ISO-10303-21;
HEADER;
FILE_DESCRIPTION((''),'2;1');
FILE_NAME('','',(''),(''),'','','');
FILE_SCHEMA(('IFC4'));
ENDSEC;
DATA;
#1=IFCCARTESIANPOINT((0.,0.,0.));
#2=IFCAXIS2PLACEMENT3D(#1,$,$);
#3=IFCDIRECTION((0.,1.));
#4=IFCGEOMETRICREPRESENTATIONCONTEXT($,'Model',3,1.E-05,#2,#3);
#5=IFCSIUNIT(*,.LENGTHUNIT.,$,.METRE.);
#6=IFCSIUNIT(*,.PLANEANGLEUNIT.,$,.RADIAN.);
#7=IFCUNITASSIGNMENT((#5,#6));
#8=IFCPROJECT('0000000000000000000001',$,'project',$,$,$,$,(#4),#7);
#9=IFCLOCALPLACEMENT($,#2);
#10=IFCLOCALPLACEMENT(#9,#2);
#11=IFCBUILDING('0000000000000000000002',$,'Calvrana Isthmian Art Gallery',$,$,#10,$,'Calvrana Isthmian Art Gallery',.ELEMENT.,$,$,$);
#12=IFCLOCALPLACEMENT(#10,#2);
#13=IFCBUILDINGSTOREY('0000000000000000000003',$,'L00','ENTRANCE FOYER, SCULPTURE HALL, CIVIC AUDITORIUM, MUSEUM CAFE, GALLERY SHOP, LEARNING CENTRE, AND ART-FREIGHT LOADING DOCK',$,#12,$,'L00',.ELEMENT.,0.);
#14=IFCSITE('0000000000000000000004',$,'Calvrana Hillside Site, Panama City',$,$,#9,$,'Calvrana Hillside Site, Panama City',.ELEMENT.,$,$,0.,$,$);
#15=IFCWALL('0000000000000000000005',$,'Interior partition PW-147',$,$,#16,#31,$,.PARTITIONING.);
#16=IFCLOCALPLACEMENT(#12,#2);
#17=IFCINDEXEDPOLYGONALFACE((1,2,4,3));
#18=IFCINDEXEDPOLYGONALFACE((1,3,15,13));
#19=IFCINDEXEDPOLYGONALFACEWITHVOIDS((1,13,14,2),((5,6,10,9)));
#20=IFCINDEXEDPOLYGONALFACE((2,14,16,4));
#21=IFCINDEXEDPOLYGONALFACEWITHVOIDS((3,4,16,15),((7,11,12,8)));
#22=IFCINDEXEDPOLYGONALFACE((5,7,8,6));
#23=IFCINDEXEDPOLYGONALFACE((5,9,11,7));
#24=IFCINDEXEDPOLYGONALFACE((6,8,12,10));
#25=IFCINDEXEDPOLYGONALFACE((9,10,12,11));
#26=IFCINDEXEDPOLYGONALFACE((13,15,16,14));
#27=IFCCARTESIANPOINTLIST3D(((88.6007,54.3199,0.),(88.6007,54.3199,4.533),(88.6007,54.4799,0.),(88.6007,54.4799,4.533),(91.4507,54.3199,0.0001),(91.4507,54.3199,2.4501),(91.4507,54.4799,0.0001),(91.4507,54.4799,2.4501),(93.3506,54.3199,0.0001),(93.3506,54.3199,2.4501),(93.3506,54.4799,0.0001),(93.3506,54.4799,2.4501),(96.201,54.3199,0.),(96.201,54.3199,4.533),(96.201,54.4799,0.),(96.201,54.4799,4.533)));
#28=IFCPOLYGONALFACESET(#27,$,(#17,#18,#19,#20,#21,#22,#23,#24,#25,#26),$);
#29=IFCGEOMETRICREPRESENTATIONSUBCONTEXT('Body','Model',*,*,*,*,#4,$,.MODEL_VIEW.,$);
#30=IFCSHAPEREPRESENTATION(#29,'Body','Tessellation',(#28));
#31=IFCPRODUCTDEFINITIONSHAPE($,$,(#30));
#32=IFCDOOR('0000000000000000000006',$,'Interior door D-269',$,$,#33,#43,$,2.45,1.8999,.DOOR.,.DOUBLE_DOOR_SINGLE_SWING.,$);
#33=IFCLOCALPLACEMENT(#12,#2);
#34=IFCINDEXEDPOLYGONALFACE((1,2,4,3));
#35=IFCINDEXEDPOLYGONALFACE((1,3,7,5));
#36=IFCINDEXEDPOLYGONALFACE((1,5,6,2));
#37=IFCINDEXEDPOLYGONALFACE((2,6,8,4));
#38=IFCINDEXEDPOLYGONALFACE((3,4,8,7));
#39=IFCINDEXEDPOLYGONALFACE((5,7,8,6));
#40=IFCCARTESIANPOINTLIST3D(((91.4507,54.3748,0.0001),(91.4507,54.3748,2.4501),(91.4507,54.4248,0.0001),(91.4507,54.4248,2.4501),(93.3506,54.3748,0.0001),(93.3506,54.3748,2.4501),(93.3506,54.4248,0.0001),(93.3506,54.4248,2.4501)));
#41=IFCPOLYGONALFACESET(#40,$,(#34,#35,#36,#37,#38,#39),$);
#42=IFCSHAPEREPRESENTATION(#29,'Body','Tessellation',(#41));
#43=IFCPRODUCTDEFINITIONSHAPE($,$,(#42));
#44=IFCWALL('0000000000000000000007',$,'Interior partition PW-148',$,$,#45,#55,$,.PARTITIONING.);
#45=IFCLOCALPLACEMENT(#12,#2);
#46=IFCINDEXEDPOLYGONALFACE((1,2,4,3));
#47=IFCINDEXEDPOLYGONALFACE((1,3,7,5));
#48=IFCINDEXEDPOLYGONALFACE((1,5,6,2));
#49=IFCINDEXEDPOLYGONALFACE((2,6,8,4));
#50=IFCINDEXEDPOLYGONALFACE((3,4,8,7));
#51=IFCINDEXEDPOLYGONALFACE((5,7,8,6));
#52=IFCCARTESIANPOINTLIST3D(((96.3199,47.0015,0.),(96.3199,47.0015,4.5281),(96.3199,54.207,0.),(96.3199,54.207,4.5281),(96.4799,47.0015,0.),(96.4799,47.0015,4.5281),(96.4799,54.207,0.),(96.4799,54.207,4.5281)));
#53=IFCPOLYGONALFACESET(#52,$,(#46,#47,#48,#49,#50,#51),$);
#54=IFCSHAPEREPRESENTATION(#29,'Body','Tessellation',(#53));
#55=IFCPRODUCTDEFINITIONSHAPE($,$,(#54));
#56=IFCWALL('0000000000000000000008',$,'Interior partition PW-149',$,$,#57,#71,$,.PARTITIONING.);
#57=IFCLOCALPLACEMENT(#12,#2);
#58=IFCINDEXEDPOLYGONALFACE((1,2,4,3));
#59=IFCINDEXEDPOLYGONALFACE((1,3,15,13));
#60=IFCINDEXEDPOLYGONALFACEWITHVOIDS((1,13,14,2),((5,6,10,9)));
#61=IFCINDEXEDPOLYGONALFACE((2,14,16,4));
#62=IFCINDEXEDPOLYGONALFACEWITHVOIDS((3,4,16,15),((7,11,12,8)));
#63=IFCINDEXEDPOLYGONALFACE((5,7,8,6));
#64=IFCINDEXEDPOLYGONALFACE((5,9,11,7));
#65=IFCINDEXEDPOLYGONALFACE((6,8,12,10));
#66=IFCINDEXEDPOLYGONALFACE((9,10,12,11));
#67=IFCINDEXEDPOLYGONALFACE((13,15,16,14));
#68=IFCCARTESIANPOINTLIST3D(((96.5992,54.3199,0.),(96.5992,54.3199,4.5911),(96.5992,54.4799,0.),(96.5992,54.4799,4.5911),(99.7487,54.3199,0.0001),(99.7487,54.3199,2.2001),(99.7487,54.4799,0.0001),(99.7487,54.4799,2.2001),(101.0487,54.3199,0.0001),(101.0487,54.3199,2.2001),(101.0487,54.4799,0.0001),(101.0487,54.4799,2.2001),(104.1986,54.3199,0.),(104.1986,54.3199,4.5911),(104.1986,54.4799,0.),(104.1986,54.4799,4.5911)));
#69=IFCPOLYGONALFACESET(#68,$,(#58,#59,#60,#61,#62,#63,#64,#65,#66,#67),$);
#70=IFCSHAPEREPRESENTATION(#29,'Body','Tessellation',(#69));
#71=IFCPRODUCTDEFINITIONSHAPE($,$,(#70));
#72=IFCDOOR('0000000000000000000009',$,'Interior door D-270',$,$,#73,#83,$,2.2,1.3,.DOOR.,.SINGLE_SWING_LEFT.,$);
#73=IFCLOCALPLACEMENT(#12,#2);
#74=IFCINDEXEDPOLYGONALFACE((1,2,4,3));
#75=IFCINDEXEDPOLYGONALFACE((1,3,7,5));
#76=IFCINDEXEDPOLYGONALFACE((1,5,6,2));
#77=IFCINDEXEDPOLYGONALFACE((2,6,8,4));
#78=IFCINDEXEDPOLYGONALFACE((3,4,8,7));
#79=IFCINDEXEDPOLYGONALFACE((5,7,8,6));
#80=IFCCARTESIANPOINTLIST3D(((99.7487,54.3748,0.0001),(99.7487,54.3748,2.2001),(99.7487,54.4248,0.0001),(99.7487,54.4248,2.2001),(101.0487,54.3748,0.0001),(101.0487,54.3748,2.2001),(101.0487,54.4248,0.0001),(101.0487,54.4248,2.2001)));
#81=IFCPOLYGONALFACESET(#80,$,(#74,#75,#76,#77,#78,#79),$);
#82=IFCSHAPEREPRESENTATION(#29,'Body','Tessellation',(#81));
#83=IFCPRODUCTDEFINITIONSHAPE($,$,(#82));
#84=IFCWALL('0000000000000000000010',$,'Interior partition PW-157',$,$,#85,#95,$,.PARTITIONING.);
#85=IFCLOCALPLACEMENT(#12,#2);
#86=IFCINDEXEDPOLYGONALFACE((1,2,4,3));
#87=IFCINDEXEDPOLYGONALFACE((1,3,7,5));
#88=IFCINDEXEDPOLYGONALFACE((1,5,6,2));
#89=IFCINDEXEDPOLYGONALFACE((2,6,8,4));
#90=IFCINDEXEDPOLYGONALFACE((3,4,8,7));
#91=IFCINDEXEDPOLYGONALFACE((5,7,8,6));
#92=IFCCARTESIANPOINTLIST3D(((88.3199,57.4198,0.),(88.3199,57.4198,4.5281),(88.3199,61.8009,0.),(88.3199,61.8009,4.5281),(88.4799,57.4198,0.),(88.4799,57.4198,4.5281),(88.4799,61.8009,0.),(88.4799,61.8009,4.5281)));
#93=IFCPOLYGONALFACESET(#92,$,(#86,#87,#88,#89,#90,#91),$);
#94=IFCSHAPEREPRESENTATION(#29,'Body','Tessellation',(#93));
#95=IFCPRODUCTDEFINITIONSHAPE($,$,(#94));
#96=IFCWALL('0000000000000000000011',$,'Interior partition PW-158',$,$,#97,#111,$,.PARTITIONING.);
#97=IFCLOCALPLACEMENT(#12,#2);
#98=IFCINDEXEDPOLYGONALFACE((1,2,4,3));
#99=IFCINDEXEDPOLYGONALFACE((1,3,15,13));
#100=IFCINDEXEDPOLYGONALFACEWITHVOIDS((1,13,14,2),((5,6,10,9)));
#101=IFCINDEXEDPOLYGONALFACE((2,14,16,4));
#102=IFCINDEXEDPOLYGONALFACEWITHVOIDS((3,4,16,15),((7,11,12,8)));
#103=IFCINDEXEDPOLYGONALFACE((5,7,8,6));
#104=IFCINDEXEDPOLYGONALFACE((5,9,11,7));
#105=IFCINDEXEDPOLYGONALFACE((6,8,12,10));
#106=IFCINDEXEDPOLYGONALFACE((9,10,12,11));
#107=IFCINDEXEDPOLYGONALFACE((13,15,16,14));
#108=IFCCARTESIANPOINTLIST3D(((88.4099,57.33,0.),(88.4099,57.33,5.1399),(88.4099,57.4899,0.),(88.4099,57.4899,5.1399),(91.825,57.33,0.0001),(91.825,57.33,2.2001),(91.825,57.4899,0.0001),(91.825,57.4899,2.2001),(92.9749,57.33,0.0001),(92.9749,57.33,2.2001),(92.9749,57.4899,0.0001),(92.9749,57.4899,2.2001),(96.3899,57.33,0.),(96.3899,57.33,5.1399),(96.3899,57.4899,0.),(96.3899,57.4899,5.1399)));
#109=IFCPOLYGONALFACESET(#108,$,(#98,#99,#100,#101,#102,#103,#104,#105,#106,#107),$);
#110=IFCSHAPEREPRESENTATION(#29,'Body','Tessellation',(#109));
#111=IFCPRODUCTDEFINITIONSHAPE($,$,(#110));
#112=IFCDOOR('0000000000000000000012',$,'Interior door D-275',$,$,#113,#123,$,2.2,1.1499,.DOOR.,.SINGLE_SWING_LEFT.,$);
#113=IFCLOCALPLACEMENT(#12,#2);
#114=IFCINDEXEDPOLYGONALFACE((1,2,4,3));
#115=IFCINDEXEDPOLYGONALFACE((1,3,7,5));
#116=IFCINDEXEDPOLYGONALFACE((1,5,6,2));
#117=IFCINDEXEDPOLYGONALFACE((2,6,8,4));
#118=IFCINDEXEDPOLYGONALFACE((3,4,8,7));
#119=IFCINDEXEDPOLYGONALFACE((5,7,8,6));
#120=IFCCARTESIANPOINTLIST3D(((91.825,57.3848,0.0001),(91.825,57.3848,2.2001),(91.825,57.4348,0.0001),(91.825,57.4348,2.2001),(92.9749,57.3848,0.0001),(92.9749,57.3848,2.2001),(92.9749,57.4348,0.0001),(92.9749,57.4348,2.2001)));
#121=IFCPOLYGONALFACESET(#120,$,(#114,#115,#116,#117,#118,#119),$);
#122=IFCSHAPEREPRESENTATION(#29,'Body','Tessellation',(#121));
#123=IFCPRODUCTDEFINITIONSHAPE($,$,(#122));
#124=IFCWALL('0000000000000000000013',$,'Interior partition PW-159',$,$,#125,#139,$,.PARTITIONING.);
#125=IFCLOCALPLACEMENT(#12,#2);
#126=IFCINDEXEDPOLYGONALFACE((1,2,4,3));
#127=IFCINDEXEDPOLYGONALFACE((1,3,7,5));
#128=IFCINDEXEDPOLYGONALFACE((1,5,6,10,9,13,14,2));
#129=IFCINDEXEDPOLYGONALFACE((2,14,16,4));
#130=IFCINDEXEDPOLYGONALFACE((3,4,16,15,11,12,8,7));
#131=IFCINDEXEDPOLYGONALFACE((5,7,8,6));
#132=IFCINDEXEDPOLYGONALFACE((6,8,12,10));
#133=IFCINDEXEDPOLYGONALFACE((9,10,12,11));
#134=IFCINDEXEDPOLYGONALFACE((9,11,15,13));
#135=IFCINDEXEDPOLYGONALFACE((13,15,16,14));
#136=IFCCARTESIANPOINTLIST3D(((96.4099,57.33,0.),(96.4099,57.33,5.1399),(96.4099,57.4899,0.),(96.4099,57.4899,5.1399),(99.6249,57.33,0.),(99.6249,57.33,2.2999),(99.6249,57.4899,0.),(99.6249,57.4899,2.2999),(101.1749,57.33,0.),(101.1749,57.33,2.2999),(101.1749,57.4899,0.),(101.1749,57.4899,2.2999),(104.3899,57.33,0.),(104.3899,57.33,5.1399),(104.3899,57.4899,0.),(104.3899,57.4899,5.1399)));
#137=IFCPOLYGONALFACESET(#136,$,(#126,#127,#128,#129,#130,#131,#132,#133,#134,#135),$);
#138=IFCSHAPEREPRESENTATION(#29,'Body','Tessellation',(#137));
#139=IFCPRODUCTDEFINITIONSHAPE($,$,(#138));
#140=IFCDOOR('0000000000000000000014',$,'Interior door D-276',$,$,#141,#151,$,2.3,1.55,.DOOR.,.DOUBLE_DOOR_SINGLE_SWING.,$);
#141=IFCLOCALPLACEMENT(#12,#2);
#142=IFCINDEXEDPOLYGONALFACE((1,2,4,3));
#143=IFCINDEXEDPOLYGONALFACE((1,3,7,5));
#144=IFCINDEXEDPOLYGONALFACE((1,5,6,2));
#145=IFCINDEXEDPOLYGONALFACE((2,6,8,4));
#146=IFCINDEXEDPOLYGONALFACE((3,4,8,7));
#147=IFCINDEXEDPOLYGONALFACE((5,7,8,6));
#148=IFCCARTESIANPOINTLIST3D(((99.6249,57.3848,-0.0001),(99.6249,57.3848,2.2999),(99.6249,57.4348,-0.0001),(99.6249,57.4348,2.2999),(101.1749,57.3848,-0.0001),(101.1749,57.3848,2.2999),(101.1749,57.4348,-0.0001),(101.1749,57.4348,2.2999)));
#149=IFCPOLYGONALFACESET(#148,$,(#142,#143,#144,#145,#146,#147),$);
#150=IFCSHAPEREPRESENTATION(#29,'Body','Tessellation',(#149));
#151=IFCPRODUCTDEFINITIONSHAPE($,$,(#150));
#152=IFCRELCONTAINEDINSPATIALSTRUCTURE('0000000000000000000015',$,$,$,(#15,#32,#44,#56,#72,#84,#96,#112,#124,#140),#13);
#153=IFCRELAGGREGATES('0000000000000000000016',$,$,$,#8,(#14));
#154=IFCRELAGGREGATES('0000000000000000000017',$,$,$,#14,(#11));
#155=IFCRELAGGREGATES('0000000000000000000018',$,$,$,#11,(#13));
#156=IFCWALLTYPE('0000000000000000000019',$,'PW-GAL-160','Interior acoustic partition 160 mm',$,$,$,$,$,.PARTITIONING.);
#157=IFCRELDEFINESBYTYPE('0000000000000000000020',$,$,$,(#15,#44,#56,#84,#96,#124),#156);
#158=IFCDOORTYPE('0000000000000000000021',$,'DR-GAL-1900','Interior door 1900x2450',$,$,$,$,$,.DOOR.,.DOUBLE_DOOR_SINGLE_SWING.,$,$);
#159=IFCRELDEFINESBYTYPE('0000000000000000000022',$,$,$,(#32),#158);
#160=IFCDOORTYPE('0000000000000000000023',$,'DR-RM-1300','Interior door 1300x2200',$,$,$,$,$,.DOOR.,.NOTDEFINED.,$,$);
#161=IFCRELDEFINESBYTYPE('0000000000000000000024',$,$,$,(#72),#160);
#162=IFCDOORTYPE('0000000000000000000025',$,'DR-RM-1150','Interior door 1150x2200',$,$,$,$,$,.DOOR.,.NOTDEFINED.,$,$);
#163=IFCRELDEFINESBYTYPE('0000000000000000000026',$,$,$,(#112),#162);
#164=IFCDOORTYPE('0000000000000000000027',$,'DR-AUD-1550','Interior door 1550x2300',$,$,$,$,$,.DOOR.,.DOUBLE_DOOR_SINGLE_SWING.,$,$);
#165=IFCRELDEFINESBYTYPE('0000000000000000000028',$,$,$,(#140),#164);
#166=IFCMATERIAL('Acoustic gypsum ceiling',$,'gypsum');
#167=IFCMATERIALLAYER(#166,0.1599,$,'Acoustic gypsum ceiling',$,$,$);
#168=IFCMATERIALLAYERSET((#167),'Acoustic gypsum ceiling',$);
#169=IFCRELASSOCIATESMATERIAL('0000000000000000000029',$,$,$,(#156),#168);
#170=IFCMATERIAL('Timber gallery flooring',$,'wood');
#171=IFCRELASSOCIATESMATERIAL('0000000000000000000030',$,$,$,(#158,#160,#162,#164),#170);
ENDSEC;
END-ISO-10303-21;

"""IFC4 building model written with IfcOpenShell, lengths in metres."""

from ifc_helpers import new_model, si_unit, direction, frame, frame_2d, origin, place, context, subcontext, project, spatial, rectangle, extrude, material, layer, layer_set, type_object, element, fill, save


model = new_model("IFC4")

# Units and contexts
model_context = context("Model", 3, precision=1e-05, world=origin(), true_north=direction((0.0, 1.0)))
body_context = subcontext(model_context, "Body", "Model", "MODEL_VIEW")
ifc_project = project(units=[si_unit("LENGTHUNIT", "METRE"), si_unit("PLANEANGLEUNIT", "RADIAN")], contexts=[model_context])

# Site, building, storey
site_placement = place(None, origin())
site = spatial("IfcSite", under=ifc_project, at=site_placement, Name="Calvrana Hillside Site, Panama City", LongName="Calvrana Hillside Site, Panama City", CompositionType="ELEMENT", RefElevation=0.0)
building_placement = place(site_placement, origin())
building = spatial("IfcBuilding", under=site, at=building_placement, Name="Calvrana Isthmian Art Gallery", LongName="Calvrana Isthmian Art Gallery", CompositionType="ELEMENT")
storey_placement = place(building_placement, origin())
storey = spatial("IfcBuildingStorey", under=building, at=storey_placement, Name="L00", Description="ENTRANCE FOYER, SCULPTURE HALL, CIVIC AUDITORIUM, MUSEUM CAFE, GALLERY SHOP, LEARNING CENTRE, AND ART-FREIGHT LOADING DOCK", LongName="L00", CompositionType="ELEMENT", Elevation=0.0)

# Wall, opening, door
ifc_material_1 = material(Name="Acoustic gypsum ceiling", Category="gypsum")
ifc_layer = layer(ifc_material_1, 0.1599, Name="Acoustic gypsum ceiling")
ifc_layer_set = layer_set([ifc_layer], Name="Acoustic gypsum ceiling")
wall_type = type_object("IfcWallType", Name="PW-GAL-160", Description="Interior acoustic partition 160 mm", PredefinedType="PARTITIONING", material=ifc_layer_set)
wall_1_placement = place(storey_placement, frame((88.6006, 54.3999, 0.0), z_axis=(0.0, 0.0, 1.0), x_axis=(1.0, 0.0, 0.0)))
wall_1 = element("IfcWall", 1, at=wall_1_placement, inside=storey, type_object=wall_type, Name="Interior partition PW-147", PredefinedType="PARTITIONING", context=body_context, shape_type="SweptSolid", body=[
    extrude(rectangle(XDim=7.6003, YDim=0.1599, at=frame_2d((3.8003, 0.0))), origin(), (0.0, 0.0, 1.0), 4.533),
])
opening_1_placement = place(wall_1_placement, frame((2.8501, 0.0, 0.0)))
opening_1 = element("IfcOpeningElement", 2, at=opening_1_placement, cuts=wall_1, PredefinedType="OPENING", context=body_context, shape_type="SweptSolid", body=[
    extrude(rectangle(XDim=1.8999, YDim=2.45, at=frame_2d((0.95, 1.2251))), frame((0.0, 0.0903, 0.0), z_axis=(0.0, -1.0, 0.0), x_axis=(1.0, 0.0, 0.0)), (0.0, 0.0, 1.0), 0.1804),
])
ifc_material_2 = material(Name="Timber gallery flooring", Category="wood")
door_type_1 = type_object("IfcDoorType", Name="DR-GAL-1900", Description="Interior door 1900x2450", OperationType="DOUBLE_DOOR_SINGLE_SWING", PredefinedType="DOOR", material=ifc_material_2)
door_1_placement = place(opening_1_placement, origin())
door_1 = element("IfcDoor", 3, at=door_1_placement, inside=storey, type_object=door_type_1, Name="Interior door D-269", OperationType="DOUBLE_DOOR_SINGLE_SWING", OverallHeight=2.45, OverallWidth=1.8999, PredefinedType="DOOR", context=body_context, shape_type="SweptSolid", body=[
    extrude(rectangle(XDim=1.8999, YDim=2.45, at=frame_2d((0.95, 1.2251))), frame((0.0, 0.0249, 0.0), z_axis=(0.0, -1.0, 0.0), x_axis=(1.0, 0.0, 0.0)), (0.0, 0.0, 1.0), 0.05),
])
fill(opening_1, door_1)

# Wall
wall_2_placement = place(storey_placement, frame((96.3999, 47.0015, 0.0), z_axis=(0.0, 0.0, 1.0), x_axis=(0.0, 1.0, 0.0)))
element("IfcWall", 4, at=wall_2_placement, inside=storey, type_object=wall_type, Name="Interior partition PW-148", PredefinedType="PARTITIONING", context=body_context, shape_type="SweptSolid", body=[
    extrude(rectangle(XDim=7.2056, YDim=0.1599, at=frame_2d((3.6028, 0.0))), origin(), (0.0, 0.0, 1.0), 4.5281),
])

# Wall, opening, door
wall_3_placement = place(storey_placement, frame((96.5991, 54.3999, 0.0), z_axis=(0.0, 0.0, 1.0), x_axis=(1.0, 0.0, 0.0)))
wall_3 = element("IfcWall", 5, at=wall_3_placement, inside=storey, type_object=wall_type, Name="Interior partition PW-149", PredefinedType="PARTITIONING", context=body_context, shape_type="SweptSolid", body=[
    extrude(rectangle(XDim=7.5994, YDim=0.1599, at=frame_2d((3.7998, 0.0))), origin(), (0.0, 0.0, 1.0), 4.5911),
])
opening_2_placement = place(wall_3_placement, frame((3.1497, 0.0, 0.0)))
opening_2 = element("IfcOpeningElement", 6, at=opening_2_placement, cuts=wall_3, PredefinedType="OPENING", context=body_context, shape_type="SweptSolid", body=[
    extrude(rectangle(XDim=1.3, YDim=2.2, at=frame_2d((0.6499, 1.1001))), frame((0.0, 0.0903, 0.0), z_axis=(0.0, -1.0, 0.0), x_axis=(1.0, 0.0, 0.0)), (0.0, 0.0, 1.0), 0.1804),
])
door_type_2 = type_object("IfcDoorType", Name="DR-RM-1300", Description="Interior door 1300x2200", OperationType="NOTDEFINED", PredefinedType="DOOR", material=ifc_material_2)
door_2_placement = place(opening_2_placement, origin())
door_2 = element("IfcDoor", 7, at=door_2_placement, inside=storey, type_object=door_type_2, Name="Interior door D-270", OperationType="SINGLE_SWING_LEFT", OverallHeight=2.2, OverallWidth=1.3, PredefinedType="DOOR", context=body_context, shape_type="SweptSolid", body=[
    extrude(rectangle(XDim=1.3, YDim=2.2, at=frame_2d((0.6499, 1.1001))), frame((0.0, 0.0249, 0.0), z_axis=(0.0, -1.0, 0.0), x_axis=(1.0, 0.0, 0.0)), (0.0, 0.0, 1.0), 0.05),
])
fill(opening_2, door_2)

# Wall
wall_4_placement = place(storey_placement, frame((88.3999, 57.4199, 0.0), z_axis=(0.0, 0.0, 1.0), x_axis=(0.0, 1.0, 0.0)))
element("IfcWall", 8, at=wall_4_placement, inside=storey, type_object=wall_type, Name="Interior partition PW-157", PredefinedType="PARTITIONING", context=body_context, shape_type="SweptSolid", body=[
    extrude(rectangle(XDim=4.3811, YDim=0.1599, at=frame_2d((2.1904, 0.0))), origin(), (0.0, 0.0, 1.0), 4.5281),
])

# Walls, openings, doors
wall_5_placement = place(storey_placement, frame((88.4099, 57.4099, 0.0), z_axis=(0.0, 0.0, 1.0), x_axis=(1.0, 0.0, 0.0)))
wall_5 = element("IfcWall", 9, at=wall_5_placement, inside=storey, type_object=wall_type, Name="Interior partition PW-158", PredefinedType="PARTITIONING", context=body_context, shape_type="SweptSolid", body=[
    extrude(rectangle(XDim=7.98, YDim=0.1599, at=frame_2d((3.99, 0.0))), origin(), (0.0, 0.0, 1.0), 5.1399),
])
opening_3_placement = place(wall_5_placement, frame((3.415, 0.0, 0.0)))
opening_3 = element("IfcOpeningElement", 10, at=opening_3_placement, cuts=wall_5, PredefinedType="OPENING", context=body_context, shape_type="SweptSolid", body=[
    extrude(rectangle(XDim=1.1499, YDim=2.2, at=frame_2d((0.575, 1.1001))), frame((0.0, 0.0903, 0.0), z_axis=(0.0, -1.0, 0.0), x_axis=(1.0, 0.0, 0.0)), (0.0, 0.0, 1.0), 0.1804),
])
door_type_3 = type_object("IfcDoorType", Name="DR-RM-1150", Description="Interior door 1150x2200", OperationType="NOTDEFINED", PredefinedType="DOOR", material=ifc_material_2)
door_3_placement = place(opening_3_placement, origin())
door_3 = element("IfcDoor", 11, at=door_3_placement, inside=storey, type_object=door_type_3, Name="Interior door D-275", OperationType="SINGLE_SWING_LEFT", OverallHeight=2.2, OverallWidth=1.1499, PredefinedType="DOOR", context=body_context, shape_type="SweptSolid", body=[
    extrude(rectangle(XDim=1.1499, YDim=2.2, at=frame_2d((0.575, 1.1001))), frame((0.0, 0.0249, 0.0), z_axis=(0.0, -1.0, 0.0), x_axis=(1.0, 0.0, 0.0)), (0.0, 0.0, 1.0), 0.05),
])
fill(opening_3, door_3)
wall_6_placement = place(storey_placement, frame((96.4099, 57.4099, 0.0), z_axis=(0.0, 0.0, 1.0), x_axis=(1.0, 0.0, 0.0)))
wall_6 = element("IfcWall", 12, at=wall_6_placement, inside=storey, type_object=wall_type, Name="Interior partition PW-159", PredefinedType="PARTITIONING", context=body_context, shape_type="SweptSolid", body=[
    extrude(rectangle(XDim=7.98, YDim=0.1599, at=frame_2d((3.99, 0.0))), origin(), (0.0, 0.0, 1.0), 5.1399),
])
opening_4_placement = place(wall_6_placement, frame((3.2151, 0.0, 0.0)))
opening_4 = element("IfcOpeningElement", 13, at=opening_4_placement, cuts=wall_6, PredefinedType="OPENING", context=body_context, shape_type="SweptSolid", body=[
    extrude(rectangle(XDim=1.55, YDim=2.3, at=frame_2d((0.7749, 1.1499))), frame((0.0, 0.0903, 0.0), z_axis=(0.0, -1.0, 0.0), x_axis=(1.0, 0.0, 0.0)), (0.0, 0.0, 1.0), 0.1804),
])
door_type_4 = type_object("IfcDoorType", Name="DR-AUD-1550", Description="Interior door 1550x2300", OperationType="DOUBLE_DOOR_SINGLE_SWING", PredefinedType="DOOR", material=ifc_material_2)
door_4_placement = place(opening_4_placement, origin())
door_4 = element("IfcDoor", 14, at=door_4_placement, inside=storey, type_object=door_type_4, Name="Interior door D-276", OperationType="DOUBLE_DOOR_SINGLE_SWING", OverallHeight=2.3, OverallWidth=1.55, PredefinedType="DOOR", context=body_context, shape_type="SweptSolid", body=[
    extrude(rectangle(XDim=1.55, YDim=2.3, at=frame_2d((0.7749, 1.1499))), frame((0.0, 0.0249, 0.0), z_axis=(0.0, -1.0, 0.0), x_axis=(1.0, 0.0, 0.0)), (0.0, 0.0, 1.0), 0.05),
])
fill(opening_4, door_4)

save(model, "model.ifc")
